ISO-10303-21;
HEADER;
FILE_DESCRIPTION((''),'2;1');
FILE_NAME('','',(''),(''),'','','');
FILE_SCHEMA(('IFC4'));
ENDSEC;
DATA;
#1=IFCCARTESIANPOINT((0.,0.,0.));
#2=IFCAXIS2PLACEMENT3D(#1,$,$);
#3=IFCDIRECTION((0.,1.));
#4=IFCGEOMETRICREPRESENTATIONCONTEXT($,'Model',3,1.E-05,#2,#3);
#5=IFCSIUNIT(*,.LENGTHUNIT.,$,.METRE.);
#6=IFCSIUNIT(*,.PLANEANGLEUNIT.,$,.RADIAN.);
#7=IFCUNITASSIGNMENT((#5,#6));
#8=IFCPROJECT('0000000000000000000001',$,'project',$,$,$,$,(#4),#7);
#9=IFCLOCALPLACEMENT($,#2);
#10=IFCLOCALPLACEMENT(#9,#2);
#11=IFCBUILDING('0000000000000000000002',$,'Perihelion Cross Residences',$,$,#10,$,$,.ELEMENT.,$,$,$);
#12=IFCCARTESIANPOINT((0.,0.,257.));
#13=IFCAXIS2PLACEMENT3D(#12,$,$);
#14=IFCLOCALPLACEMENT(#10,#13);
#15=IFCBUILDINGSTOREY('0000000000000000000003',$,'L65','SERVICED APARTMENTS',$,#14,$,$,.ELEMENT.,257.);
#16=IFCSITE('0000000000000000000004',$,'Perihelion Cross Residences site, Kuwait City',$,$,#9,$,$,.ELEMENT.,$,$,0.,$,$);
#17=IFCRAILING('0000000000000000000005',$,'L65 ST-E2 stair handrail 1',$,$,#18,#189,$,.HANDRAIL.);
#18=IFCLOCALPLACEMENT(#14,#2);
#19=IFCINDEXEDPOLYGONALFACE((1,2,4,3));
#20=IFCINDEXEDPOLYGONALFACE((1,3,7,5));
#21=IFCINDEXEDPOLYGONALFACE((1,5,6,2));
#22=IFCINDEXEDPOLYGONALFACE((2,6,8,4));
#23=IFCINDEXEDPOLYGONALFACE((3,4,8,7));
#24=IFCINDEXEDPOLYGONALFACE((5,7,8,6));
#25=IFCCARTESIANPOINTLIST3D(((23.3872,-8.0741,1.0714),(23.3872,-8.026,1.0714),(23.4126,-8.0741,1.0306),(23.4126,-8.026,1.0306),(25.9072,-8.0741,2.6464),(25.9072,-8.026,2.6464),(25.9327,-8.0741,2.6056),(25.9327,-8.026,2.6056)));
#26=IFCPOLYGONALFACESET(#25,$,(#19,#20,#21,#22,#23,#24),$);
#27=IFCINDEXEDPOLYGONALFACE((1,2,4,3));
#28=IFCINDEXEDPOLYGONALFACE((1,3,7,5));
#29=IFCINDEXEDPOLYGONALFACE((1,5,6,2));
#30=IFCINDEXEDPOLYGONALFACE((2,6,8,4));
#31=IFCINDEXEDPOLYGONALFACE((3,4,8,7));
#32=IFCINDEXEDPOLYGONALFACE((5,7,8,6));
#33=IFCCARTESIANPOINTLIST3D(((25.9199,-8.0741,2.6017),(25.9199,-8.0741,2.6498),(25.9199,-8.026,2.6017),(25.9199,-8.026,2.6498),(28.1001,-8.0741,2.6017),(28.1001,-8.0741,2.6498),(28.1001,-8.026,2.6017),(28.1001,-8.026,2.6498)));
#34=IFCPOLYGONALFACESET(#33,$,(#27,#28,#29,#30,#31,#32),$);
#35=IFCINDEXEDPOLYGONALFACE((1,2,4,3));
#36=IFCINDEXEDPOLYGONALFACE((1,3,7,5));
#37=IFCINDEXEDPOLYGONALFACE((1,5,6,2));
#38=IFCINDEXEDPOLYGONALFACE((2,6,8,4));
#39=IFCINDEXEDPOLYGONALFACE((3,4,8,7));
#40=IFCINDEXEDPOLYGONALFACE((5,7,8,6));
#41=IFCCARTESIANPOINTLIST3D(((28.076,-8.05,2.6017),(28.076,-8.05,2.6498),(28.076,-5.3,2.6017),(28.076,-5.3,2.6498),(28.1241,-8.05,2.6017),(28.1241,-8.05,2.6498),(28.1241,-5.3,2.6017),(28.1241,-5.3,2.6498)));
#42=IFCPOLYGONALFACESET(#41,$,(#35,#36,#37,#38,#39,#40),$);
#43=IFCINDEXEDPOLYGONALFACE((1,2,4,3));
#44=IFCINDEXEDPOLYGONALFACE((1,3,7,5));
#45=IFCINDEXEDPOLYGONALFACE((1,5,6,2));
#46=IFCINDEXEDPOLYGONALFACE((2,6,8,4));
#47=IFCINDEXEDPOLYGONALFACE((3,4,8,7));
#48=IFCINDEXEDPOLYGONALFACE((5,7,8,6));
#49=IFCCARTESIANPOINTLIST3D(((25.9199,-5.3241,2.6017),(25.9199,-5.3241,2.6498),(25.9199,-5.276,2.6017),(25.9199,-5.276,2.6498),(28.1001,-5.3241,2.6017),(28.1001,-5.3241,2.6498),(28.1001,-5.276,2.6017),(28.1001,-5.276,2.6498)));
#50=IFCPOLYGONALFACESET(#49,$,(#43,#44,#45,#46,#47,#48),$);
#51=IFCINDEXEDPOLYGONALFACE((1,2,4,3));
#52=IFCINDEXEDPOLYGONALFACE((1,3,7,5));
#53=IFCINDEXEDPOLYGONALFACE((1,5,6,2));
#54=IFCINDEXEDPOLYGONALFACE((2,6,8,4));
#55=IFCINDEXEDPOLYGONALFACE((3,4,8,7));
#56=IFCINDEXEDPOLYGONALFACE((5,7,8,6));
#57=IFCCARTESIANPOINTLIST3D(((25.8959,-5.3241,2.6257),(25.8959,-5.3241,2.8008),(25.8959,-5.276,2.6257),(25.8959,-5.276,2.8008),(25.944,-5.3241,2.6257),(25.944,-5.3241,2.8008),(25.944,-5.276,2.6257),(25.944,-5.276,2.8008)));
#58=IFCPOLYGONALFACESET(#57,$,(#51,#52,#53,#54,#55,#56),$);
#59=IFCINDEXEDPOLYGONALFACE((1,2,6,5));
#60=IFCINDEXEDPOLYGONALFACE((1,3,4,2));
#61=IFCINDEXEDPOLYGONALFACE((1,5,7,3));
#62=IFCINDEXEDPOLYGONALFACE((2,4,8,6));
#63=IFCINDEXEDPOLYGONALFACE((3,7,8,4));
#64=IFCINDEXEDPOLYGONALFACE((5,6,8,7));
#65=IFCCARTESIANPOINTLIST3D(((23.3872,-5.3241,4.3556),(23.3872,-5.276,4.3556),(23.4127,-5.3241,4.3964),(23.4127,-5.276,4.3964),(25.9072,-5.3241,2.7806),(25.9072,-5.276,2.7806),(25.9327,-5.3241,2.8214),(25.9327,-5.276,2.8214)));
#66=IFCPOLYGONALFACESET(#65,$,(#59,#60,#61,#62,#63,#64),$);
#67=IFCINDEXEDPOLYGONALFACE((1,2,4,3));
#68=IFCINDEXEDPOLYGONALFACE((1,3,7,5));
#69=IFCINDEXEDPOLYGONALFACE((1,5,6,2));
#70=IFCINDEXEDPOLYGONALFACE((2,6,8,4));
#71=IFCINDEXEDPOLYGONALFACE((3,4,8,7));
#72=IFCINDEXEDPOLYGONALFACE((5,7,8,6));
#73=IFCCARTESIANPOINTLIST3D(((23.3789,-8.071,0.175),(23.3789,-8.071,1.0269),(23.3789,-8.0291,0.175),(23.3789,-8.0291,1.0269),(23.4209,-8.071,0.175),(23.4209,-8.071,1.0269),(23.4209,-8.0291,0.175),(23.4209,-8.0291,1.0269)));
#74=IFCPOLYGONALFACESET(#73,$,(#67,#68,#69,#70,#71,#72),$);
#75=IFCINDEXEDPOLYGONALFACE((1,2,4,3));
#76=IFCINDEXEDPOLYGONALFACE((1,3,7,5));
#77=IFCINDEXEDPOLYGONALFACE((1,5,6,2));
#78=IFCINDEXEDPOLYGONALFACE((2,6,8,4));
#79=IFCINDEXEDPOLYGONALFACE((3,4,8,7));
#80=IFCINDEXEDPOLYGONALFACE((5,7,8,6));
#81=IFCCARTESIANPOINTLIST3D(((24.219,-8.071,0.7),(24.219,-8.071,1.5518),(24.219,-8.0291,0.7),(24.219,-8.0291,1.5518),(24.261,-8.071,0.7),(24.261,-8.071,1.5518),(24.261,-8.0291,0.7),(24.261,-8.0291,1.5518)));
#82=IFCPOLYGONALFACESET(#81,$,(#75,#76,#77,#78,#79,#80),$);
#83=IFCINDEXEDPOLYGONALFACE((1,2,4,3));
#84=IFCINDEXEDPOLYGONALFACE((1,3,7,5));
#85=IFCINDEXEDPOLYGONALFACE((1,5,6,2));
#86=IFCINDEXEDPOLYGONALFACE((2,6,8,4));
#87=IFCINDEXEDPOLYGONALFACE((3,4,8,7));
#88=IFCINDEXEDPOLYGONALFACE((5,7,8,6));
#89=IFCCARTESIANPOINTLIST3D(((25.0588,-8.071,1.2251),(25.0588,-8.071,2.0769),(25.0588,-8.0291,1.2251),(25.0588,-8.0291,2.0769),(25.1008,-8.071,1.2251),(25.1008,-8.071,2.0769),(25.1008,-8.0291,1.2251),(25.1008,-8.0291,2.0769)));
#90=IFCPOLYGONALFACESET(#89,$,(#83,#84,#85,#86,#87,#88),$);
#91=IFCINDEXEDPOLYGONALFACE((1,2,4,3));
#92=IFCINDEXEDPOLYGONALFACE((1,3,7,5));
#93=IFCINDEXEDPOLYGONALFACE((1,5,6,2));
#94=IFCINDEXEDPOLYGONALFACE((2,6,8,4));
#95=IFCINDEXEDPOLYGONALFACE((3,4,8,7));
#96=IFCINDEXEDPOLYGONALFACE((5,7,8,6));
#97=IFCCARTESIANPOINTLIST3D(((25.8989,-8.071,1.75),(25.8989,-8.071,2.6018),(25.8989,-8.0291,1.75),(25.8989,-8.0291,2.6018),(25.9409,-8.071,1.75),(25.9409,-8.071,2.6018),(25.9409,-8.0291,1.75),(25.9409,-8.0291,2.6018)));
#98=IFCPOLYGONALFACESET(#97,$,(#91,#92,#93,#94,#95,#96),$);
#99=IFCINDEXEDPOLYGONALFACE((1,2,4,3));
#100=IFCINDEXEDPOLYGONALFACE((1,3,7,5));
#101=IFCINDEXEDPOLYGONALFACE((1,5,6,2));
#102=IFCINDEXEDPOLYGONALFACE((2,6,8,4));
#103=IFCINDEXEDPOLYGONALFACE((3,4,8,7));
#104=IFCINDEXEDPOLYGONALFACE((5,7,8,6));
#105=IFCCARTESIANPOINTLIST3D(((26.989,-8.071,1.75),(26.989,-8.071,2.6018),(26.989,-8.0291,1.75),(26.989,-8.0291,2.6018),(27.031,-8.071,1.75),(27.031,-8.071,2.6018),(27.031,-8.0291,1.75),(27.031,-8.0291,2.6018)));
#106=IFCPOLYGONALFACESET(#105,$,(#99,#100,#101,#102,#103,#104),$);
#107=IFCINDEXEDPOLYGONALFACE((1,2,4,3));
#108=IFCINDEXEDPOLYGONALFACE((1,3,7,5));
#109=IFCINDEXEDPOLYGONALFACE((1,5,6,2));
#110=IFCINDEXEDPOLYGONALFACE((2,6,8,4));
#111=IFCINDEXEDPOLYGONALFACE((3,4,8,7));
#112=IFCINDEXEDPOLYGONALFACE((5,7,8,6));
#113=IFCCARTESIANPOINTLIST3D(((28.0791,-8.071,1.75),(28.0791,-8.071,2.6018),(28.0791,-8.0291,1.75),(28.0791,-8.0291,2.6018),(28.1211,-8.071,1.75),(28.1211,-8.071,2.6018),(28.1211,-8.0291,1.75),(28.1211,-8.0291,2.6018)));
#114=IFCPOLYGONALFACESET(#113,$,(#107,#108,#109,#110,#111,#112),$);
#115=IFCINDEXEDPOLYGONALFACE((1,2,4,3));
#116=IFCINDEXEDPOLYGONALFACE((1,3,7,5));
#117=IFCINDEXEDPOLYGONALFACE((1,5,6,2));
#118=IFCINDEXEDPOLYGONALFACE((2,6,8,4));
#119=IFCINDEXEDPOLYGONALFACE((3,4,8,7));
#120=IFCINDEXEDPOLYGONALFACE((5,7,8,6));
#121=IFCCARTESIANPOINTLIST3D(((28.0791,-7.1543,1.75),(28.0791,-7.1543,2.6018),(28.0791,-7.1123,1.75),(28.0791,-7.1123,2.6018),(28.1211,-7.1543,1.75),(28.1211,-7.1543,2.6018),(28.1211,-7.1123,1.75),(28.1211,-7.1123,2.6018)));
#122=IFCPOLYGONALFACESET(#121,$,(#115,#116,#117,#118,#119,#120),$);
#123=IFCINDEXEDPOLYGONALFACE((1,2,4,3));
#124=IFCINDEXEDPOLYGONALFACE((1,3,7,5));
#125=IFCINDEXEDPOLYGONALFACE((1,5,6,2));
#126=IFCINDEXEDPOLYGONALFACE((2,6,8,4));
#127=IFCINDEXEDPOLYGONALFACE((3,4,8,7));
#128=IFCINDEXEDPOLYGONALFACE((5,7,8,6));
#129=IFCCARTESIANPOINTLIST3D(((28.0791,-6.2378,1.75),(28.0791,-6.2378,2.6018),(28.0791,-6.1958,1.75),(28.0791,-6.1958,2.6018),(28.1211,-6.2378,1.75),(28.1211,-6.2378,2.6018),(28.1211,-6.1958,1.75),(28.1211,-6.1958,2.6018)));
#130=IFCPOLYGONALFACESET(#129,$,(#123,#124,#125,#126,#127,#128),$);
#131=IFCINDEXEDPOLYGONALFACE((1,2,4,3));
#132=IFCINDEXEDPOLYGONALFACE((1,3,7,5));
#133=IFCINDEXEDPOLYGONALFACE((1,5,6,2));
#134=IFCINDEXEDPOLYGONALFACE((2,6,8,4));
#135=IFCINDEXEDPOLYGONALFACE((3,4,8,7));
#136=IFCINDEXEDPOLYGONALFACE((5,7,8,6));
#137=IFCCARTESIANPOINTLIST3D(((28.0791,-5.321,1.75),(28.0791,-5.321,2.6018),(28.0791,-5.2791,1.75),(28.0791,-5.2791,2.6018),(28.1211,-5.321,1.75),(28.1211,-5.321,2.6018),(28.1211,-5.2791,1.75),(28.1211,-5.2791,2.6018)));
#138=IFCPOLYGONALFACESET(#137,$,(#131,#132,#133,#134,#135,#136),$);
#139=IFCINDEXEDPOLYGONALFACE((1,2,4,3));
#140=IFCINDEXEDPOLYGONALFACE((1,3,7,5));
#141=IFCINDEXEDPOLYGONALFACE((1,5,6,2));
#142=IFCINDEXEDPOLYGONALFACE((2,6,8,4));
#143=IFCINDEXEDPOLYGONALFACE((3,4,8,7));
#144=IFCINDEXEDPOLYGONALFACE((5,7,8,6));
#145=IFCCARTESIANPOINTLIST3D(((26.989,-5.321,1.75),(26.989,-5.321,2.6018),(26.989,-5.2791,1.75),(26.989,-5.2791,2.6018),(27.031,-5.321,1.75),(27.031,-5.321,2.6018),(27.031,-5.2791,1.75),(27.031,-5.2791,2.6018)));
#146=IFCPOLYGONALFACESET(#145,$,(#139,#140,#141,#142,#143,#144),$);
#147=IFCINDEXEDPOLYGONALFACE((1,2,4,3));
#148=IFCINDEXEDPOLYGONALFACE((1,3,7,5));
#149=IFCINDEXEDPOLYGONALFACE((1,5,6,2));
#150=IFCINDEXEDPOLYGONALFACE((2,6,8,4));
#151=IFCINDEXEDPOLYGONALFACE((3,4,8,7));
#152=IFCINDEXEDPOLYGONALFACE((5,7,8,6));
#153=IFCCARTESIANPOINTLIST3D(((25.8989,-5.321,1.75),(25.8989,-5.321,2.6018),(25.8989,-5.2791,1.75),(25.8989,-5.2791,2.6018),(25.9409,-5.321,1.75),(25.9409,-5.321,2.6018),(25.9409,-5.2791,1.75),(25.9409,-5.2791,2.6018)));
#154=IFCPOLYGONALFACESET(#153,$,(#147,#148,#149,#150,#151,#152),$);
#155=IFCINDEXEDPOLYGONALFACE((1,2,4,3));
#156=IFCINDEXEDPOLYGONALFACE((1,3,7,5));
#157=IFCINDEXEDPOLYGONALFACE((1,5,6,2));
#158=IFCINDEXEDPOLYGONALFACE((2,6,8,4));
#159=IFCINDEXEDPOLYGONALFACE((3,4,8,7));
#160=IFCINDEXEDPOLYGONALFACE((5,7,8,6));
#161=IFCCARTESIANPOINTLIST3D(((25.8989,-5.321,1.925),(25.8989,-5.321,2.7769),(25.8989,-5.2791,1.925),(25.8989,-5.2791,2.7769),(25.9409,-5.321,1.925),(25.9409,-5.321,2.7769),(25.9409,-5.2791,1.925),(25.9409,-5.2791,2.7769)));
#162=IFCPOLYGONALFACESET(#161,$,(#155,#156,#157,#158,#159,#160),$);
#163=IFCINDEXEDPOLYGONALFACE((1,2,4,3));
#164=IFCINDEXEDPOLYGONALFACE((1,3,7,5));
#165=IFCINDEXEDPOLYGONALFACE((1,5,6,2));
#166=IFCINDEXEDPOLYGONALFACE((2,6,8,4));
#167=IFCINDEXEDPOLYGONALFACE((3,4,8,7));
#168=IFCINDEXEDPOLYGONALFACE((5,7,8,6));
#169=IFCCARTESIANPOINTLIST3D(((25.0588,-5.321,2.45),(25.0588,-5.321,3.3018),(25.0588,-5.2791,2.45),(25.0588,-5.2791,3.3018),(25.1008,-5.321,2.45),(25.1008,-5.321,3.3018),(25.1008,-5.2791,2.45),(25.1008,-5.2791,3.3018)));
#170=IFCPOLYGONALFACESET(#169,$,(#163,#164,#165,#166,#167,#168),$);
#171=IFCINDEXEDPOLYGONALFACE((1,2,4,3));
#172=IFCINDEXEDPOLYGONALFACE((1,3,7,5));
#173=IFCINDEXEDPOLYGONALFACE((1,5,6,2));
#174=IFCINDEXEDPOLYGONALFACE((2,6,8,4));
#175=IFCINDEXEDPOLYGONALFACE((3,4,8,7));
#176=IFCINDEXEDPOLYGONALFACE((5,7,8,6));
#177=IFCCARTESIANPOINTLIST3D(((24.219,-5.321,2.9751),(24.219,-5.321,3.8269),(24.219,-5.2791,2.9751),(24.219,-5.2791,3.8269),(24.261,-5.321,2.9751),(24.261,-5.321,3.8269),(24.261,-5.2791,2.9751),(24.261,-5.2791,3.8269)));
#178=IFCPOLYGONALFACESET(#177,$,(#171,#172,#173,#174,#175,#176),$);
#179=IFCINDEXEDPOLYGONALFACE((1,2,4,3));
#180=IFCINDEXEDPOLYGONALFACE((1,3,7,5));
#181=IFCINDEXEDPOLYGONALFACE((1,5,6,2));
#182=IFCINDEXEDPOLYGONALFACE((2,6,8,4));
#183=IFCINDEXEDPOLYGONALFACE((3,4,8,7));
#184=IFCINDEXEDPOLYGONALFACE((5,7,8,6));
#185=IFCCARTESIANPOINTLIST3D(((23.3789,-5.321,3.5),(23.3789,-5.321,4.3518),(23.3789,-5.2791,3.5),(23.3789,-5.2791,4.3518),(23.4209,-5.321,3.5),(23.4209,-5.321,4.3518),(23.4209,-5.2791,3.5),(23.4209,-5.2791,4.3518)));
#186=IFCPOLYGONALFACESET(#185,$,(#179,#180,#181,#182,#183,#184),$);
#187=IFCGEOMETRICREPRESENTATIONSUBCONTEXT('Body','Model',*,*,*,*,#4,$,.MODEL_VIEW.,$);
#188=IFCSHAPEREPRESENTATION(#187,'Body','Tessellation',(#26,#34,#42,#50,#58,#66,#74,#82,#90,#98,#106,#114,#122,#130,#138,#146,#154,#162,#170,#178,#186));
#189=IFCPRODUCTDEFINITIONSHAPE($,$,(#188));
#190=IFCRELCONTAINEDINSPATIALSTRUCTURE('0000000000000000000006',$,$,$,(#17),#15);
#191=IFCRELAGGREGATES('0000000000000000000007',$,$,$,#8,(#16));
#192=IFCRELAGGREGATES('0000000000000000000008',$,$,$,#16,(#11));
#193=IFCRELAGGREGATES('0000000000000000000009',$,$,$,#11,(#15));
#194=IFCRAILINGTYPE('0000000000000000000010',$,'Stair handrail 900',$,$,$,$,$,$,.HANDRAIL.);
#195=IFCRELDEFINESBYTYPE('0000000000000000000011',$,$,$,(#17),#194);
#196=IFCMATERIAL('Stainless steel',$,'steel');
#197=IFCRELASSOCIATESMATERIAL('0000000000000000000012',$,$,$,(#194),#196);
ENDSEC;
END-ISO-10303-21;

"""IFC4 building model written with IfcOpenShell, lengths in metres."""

from ifc_helpers import new_model, si_unit, direction, frame, origin, origin_2d, place, context, subcontext, project, spatial, rectangle, extrude, material, type_object, element, save


model = new_model("IFC4")

# Units and contexts
model_context = context("Model", 3, precision=1e-05, world=origin(), true_north=direction((0.0, 1.0)))
body_context = subcontext(model_context, "Body", "Model", "MODEL_VIEW")
ifc_project = project(units=[si_unit("LENGTHUNIT", "METRE"), si_unit("PLANEANGLEUNIT", "RADIAN")], contexts=[model_context])

# Site, building, storey
site_placement = place(None, origin())
site = spatial("IfcSite", under=ifc_project, at=site_placement, Name="Perihelion Cross Residences site, Kuwait City", CompositionType="ELEMENT", RefElevation=0.0)
building_placement = place(site_placement, origin())
building = spatial("IfcBuilding", under=site, at=building_placement, Name="Perihelion Cross Residences", CompositionType="ELEMENT")
storey_placement = place(building_placement, frame((0.0, 0.0, 257.0)))
storey = spatial("IfcBuildingStorey", under=building, at=storey_placement, Name="L65", Description="SERVICED APARTMENTS", CompositionType="ELEMENT", Elevation=257.0)

# Railing
ifc_material_1 = material(Name="Stainless steel", Category="steel")
railing_type_1 = type_object("IfcRailingType", Name="Stair handrail 900", PredefinedType="HANDRAIL", material=ifc_material_1)
railing_1_placement = place(storey_placement, frame((23.3999, -8.05, 0.175)))
element("IfcRailing", 1, at=railing_1_placement, inside=storey, type_object=railing_type_1, Name="L65 ST-E2 stair handrail 1", PredefinedType="HANDRAIL", context=body_context, shape_type="SweptSolid", body=[
    extrude(rectangle(XDim=0.0481, YDim=0.0481, at=origin_2d()), frame((0.0, 0.0, 0.876), z_axis=(0.848008, 0.0, 0.529984), x_axis=(0.0, 1.0, 0.0)), (0.0, 0.0, 1.0), 2.9717),
    extrude(rectangle(XDim=0.0481, YDim=0.0481, at=origin_2d()), frame((2.52, 0.0, 2.4507), z_axis=(1.0, 0.0, 0.0), x_axis=(0.0, 1.0, 0.0)), (0.0, 0.0, 1.0), 2.1802),
    extrude(rectangle(XDim=0.0481, YDim=0.0481, at=origin_2d()), frame((4.7002, 0.0, 2.4507), z_axis=(0.0, 1.0, 0.0), x_axis=(-1.0, 0.0, 0.0)), (0.0, 0.0, 1.0), 2.75),
    extrude(rectangle(XDim=0.0481, YDim=0.0481, at=origin_2d()), frame((4.7002, 2.75, 2.4507), z_axis=(-1.0, 0.0, 0.0), x_axis=(0.0, -1.0, 0.0)), (0.0, 0.0, 1.0), 2.1802),
    extrude(rectangle(XDim=0.0481, YDim=0.0481, at=origin_2d()), frame((2.52, 2.75, 2.4507), z_axis=(0.0, 0.0, 1.0), x_axis=(1.0, 0.0, 0.0)), (0.0, 0.0, 1.0), 0.175),
    extrude(rectangle(XDim=0.0481, YDim=0.0481, at=origin_2d()), frame((2.52, 2.75, 2.626), z_axis=(-0.848008, 0.0, 0.529984), x_axis=(0.0, -1.0, 0.0)), (0.0, 0.0, 1.0), 2.9717),
    extrude(rectangle(XDim=0.042, YDim=0.042, at=origin_2d()), origin(), (0.0, 0.0, 1.0), 0.8518),
    extrude(rectangle(XDim=0.042, YDim=0.042, at=origin_2d()), frame((0.8401, 0.0, 0.5249)), (0.0, 0.0, 1.0), 0.8518),
    extrude(rectangle(XDim=0.042, YDim=0.042, at=origin_2d()), frame((1.6799, 0.0, 1.05)), (0.0, 0.0, 1.0), 0.8518),
    extrude(rectangle(XDim=0.042, YDim=0.042, at=origin_2d()), frame((2.52, 0.0, 1.575)), (0.0, 0.0, 1.0), 0.8518),
    extrude(rectangle(XDim=0.042, YDim=0.042, at=origin_2d()), frame((3.6101, 0.0, 1.575)), (0.0, 0.0, 1.0), 0.8518),
    extrude(rectangle(XDim=0.042, YDim=0.042, at=origin_2d()), frame((4.7002, 0.0, 1.575)), (0.0, 0.0, 1.0), 0.8518),
    extrude(rectangle(XDim=0.042, YDim=0.042, at=origin_2d()), frame((4.7002, 0.9167, 1.575)), (0.0, 0.0, 1.0), 0.8518),
    extrude(rectangle(XDim=0.042, YDim=0.042, at=origin_2d()), frame((4.7002, 1.8333, 1.575)), (0.0, 0.0, 1.0), 0.8518),
    extrude(rectangle(XDim=0.042, YDim=0.042, at=origin_2d()), frame((4.7002, 2.75, 1.575)), (0.0, 0.0, 1.0), 0.8518),
    extrude(rectangle(XDim=0.042, YDim=0.042, at=origin_2d()), frame((3.6101, 2.75, 1.575)), (0.0, 0.0, 1.0), 0.8518),
    extrude(rectangle(XDim=0.042, YDim=0.042, at=origin_2d()), frame((2.52, 2.75, 1.575)), (0.0, 0.0, 1.0), 0.8518),
    extrude(rectangle(XDim=0.042, YDim=0.042, at=origin_2d()), frame((2.52, 2.75, 1.75)), (0.0, 0.0, 1.0), 0.8518),
    extrude(rectangle(XDim=0.042, YDim=0.042, at=origin_2d()), frame((1.6799, 2.75, 2.2749)), (0.0, 0.0, 1.0), 0.8518),
    extrude(rectangle(XDim=0.042, YDim=0.042, at=origin_2d()), frame((0.8401, 2.75, 2.8)), (0.0, 0.0, 1.0), 0.8518),
    extrude(rectangle(XDim=0.042, YDim=0.042, at=origin_2d()), frame((0.0, 2.75, 3.325)), (0.0, 0.0, 1.0), 0.8518),
])

save(model, "model.ifc")
